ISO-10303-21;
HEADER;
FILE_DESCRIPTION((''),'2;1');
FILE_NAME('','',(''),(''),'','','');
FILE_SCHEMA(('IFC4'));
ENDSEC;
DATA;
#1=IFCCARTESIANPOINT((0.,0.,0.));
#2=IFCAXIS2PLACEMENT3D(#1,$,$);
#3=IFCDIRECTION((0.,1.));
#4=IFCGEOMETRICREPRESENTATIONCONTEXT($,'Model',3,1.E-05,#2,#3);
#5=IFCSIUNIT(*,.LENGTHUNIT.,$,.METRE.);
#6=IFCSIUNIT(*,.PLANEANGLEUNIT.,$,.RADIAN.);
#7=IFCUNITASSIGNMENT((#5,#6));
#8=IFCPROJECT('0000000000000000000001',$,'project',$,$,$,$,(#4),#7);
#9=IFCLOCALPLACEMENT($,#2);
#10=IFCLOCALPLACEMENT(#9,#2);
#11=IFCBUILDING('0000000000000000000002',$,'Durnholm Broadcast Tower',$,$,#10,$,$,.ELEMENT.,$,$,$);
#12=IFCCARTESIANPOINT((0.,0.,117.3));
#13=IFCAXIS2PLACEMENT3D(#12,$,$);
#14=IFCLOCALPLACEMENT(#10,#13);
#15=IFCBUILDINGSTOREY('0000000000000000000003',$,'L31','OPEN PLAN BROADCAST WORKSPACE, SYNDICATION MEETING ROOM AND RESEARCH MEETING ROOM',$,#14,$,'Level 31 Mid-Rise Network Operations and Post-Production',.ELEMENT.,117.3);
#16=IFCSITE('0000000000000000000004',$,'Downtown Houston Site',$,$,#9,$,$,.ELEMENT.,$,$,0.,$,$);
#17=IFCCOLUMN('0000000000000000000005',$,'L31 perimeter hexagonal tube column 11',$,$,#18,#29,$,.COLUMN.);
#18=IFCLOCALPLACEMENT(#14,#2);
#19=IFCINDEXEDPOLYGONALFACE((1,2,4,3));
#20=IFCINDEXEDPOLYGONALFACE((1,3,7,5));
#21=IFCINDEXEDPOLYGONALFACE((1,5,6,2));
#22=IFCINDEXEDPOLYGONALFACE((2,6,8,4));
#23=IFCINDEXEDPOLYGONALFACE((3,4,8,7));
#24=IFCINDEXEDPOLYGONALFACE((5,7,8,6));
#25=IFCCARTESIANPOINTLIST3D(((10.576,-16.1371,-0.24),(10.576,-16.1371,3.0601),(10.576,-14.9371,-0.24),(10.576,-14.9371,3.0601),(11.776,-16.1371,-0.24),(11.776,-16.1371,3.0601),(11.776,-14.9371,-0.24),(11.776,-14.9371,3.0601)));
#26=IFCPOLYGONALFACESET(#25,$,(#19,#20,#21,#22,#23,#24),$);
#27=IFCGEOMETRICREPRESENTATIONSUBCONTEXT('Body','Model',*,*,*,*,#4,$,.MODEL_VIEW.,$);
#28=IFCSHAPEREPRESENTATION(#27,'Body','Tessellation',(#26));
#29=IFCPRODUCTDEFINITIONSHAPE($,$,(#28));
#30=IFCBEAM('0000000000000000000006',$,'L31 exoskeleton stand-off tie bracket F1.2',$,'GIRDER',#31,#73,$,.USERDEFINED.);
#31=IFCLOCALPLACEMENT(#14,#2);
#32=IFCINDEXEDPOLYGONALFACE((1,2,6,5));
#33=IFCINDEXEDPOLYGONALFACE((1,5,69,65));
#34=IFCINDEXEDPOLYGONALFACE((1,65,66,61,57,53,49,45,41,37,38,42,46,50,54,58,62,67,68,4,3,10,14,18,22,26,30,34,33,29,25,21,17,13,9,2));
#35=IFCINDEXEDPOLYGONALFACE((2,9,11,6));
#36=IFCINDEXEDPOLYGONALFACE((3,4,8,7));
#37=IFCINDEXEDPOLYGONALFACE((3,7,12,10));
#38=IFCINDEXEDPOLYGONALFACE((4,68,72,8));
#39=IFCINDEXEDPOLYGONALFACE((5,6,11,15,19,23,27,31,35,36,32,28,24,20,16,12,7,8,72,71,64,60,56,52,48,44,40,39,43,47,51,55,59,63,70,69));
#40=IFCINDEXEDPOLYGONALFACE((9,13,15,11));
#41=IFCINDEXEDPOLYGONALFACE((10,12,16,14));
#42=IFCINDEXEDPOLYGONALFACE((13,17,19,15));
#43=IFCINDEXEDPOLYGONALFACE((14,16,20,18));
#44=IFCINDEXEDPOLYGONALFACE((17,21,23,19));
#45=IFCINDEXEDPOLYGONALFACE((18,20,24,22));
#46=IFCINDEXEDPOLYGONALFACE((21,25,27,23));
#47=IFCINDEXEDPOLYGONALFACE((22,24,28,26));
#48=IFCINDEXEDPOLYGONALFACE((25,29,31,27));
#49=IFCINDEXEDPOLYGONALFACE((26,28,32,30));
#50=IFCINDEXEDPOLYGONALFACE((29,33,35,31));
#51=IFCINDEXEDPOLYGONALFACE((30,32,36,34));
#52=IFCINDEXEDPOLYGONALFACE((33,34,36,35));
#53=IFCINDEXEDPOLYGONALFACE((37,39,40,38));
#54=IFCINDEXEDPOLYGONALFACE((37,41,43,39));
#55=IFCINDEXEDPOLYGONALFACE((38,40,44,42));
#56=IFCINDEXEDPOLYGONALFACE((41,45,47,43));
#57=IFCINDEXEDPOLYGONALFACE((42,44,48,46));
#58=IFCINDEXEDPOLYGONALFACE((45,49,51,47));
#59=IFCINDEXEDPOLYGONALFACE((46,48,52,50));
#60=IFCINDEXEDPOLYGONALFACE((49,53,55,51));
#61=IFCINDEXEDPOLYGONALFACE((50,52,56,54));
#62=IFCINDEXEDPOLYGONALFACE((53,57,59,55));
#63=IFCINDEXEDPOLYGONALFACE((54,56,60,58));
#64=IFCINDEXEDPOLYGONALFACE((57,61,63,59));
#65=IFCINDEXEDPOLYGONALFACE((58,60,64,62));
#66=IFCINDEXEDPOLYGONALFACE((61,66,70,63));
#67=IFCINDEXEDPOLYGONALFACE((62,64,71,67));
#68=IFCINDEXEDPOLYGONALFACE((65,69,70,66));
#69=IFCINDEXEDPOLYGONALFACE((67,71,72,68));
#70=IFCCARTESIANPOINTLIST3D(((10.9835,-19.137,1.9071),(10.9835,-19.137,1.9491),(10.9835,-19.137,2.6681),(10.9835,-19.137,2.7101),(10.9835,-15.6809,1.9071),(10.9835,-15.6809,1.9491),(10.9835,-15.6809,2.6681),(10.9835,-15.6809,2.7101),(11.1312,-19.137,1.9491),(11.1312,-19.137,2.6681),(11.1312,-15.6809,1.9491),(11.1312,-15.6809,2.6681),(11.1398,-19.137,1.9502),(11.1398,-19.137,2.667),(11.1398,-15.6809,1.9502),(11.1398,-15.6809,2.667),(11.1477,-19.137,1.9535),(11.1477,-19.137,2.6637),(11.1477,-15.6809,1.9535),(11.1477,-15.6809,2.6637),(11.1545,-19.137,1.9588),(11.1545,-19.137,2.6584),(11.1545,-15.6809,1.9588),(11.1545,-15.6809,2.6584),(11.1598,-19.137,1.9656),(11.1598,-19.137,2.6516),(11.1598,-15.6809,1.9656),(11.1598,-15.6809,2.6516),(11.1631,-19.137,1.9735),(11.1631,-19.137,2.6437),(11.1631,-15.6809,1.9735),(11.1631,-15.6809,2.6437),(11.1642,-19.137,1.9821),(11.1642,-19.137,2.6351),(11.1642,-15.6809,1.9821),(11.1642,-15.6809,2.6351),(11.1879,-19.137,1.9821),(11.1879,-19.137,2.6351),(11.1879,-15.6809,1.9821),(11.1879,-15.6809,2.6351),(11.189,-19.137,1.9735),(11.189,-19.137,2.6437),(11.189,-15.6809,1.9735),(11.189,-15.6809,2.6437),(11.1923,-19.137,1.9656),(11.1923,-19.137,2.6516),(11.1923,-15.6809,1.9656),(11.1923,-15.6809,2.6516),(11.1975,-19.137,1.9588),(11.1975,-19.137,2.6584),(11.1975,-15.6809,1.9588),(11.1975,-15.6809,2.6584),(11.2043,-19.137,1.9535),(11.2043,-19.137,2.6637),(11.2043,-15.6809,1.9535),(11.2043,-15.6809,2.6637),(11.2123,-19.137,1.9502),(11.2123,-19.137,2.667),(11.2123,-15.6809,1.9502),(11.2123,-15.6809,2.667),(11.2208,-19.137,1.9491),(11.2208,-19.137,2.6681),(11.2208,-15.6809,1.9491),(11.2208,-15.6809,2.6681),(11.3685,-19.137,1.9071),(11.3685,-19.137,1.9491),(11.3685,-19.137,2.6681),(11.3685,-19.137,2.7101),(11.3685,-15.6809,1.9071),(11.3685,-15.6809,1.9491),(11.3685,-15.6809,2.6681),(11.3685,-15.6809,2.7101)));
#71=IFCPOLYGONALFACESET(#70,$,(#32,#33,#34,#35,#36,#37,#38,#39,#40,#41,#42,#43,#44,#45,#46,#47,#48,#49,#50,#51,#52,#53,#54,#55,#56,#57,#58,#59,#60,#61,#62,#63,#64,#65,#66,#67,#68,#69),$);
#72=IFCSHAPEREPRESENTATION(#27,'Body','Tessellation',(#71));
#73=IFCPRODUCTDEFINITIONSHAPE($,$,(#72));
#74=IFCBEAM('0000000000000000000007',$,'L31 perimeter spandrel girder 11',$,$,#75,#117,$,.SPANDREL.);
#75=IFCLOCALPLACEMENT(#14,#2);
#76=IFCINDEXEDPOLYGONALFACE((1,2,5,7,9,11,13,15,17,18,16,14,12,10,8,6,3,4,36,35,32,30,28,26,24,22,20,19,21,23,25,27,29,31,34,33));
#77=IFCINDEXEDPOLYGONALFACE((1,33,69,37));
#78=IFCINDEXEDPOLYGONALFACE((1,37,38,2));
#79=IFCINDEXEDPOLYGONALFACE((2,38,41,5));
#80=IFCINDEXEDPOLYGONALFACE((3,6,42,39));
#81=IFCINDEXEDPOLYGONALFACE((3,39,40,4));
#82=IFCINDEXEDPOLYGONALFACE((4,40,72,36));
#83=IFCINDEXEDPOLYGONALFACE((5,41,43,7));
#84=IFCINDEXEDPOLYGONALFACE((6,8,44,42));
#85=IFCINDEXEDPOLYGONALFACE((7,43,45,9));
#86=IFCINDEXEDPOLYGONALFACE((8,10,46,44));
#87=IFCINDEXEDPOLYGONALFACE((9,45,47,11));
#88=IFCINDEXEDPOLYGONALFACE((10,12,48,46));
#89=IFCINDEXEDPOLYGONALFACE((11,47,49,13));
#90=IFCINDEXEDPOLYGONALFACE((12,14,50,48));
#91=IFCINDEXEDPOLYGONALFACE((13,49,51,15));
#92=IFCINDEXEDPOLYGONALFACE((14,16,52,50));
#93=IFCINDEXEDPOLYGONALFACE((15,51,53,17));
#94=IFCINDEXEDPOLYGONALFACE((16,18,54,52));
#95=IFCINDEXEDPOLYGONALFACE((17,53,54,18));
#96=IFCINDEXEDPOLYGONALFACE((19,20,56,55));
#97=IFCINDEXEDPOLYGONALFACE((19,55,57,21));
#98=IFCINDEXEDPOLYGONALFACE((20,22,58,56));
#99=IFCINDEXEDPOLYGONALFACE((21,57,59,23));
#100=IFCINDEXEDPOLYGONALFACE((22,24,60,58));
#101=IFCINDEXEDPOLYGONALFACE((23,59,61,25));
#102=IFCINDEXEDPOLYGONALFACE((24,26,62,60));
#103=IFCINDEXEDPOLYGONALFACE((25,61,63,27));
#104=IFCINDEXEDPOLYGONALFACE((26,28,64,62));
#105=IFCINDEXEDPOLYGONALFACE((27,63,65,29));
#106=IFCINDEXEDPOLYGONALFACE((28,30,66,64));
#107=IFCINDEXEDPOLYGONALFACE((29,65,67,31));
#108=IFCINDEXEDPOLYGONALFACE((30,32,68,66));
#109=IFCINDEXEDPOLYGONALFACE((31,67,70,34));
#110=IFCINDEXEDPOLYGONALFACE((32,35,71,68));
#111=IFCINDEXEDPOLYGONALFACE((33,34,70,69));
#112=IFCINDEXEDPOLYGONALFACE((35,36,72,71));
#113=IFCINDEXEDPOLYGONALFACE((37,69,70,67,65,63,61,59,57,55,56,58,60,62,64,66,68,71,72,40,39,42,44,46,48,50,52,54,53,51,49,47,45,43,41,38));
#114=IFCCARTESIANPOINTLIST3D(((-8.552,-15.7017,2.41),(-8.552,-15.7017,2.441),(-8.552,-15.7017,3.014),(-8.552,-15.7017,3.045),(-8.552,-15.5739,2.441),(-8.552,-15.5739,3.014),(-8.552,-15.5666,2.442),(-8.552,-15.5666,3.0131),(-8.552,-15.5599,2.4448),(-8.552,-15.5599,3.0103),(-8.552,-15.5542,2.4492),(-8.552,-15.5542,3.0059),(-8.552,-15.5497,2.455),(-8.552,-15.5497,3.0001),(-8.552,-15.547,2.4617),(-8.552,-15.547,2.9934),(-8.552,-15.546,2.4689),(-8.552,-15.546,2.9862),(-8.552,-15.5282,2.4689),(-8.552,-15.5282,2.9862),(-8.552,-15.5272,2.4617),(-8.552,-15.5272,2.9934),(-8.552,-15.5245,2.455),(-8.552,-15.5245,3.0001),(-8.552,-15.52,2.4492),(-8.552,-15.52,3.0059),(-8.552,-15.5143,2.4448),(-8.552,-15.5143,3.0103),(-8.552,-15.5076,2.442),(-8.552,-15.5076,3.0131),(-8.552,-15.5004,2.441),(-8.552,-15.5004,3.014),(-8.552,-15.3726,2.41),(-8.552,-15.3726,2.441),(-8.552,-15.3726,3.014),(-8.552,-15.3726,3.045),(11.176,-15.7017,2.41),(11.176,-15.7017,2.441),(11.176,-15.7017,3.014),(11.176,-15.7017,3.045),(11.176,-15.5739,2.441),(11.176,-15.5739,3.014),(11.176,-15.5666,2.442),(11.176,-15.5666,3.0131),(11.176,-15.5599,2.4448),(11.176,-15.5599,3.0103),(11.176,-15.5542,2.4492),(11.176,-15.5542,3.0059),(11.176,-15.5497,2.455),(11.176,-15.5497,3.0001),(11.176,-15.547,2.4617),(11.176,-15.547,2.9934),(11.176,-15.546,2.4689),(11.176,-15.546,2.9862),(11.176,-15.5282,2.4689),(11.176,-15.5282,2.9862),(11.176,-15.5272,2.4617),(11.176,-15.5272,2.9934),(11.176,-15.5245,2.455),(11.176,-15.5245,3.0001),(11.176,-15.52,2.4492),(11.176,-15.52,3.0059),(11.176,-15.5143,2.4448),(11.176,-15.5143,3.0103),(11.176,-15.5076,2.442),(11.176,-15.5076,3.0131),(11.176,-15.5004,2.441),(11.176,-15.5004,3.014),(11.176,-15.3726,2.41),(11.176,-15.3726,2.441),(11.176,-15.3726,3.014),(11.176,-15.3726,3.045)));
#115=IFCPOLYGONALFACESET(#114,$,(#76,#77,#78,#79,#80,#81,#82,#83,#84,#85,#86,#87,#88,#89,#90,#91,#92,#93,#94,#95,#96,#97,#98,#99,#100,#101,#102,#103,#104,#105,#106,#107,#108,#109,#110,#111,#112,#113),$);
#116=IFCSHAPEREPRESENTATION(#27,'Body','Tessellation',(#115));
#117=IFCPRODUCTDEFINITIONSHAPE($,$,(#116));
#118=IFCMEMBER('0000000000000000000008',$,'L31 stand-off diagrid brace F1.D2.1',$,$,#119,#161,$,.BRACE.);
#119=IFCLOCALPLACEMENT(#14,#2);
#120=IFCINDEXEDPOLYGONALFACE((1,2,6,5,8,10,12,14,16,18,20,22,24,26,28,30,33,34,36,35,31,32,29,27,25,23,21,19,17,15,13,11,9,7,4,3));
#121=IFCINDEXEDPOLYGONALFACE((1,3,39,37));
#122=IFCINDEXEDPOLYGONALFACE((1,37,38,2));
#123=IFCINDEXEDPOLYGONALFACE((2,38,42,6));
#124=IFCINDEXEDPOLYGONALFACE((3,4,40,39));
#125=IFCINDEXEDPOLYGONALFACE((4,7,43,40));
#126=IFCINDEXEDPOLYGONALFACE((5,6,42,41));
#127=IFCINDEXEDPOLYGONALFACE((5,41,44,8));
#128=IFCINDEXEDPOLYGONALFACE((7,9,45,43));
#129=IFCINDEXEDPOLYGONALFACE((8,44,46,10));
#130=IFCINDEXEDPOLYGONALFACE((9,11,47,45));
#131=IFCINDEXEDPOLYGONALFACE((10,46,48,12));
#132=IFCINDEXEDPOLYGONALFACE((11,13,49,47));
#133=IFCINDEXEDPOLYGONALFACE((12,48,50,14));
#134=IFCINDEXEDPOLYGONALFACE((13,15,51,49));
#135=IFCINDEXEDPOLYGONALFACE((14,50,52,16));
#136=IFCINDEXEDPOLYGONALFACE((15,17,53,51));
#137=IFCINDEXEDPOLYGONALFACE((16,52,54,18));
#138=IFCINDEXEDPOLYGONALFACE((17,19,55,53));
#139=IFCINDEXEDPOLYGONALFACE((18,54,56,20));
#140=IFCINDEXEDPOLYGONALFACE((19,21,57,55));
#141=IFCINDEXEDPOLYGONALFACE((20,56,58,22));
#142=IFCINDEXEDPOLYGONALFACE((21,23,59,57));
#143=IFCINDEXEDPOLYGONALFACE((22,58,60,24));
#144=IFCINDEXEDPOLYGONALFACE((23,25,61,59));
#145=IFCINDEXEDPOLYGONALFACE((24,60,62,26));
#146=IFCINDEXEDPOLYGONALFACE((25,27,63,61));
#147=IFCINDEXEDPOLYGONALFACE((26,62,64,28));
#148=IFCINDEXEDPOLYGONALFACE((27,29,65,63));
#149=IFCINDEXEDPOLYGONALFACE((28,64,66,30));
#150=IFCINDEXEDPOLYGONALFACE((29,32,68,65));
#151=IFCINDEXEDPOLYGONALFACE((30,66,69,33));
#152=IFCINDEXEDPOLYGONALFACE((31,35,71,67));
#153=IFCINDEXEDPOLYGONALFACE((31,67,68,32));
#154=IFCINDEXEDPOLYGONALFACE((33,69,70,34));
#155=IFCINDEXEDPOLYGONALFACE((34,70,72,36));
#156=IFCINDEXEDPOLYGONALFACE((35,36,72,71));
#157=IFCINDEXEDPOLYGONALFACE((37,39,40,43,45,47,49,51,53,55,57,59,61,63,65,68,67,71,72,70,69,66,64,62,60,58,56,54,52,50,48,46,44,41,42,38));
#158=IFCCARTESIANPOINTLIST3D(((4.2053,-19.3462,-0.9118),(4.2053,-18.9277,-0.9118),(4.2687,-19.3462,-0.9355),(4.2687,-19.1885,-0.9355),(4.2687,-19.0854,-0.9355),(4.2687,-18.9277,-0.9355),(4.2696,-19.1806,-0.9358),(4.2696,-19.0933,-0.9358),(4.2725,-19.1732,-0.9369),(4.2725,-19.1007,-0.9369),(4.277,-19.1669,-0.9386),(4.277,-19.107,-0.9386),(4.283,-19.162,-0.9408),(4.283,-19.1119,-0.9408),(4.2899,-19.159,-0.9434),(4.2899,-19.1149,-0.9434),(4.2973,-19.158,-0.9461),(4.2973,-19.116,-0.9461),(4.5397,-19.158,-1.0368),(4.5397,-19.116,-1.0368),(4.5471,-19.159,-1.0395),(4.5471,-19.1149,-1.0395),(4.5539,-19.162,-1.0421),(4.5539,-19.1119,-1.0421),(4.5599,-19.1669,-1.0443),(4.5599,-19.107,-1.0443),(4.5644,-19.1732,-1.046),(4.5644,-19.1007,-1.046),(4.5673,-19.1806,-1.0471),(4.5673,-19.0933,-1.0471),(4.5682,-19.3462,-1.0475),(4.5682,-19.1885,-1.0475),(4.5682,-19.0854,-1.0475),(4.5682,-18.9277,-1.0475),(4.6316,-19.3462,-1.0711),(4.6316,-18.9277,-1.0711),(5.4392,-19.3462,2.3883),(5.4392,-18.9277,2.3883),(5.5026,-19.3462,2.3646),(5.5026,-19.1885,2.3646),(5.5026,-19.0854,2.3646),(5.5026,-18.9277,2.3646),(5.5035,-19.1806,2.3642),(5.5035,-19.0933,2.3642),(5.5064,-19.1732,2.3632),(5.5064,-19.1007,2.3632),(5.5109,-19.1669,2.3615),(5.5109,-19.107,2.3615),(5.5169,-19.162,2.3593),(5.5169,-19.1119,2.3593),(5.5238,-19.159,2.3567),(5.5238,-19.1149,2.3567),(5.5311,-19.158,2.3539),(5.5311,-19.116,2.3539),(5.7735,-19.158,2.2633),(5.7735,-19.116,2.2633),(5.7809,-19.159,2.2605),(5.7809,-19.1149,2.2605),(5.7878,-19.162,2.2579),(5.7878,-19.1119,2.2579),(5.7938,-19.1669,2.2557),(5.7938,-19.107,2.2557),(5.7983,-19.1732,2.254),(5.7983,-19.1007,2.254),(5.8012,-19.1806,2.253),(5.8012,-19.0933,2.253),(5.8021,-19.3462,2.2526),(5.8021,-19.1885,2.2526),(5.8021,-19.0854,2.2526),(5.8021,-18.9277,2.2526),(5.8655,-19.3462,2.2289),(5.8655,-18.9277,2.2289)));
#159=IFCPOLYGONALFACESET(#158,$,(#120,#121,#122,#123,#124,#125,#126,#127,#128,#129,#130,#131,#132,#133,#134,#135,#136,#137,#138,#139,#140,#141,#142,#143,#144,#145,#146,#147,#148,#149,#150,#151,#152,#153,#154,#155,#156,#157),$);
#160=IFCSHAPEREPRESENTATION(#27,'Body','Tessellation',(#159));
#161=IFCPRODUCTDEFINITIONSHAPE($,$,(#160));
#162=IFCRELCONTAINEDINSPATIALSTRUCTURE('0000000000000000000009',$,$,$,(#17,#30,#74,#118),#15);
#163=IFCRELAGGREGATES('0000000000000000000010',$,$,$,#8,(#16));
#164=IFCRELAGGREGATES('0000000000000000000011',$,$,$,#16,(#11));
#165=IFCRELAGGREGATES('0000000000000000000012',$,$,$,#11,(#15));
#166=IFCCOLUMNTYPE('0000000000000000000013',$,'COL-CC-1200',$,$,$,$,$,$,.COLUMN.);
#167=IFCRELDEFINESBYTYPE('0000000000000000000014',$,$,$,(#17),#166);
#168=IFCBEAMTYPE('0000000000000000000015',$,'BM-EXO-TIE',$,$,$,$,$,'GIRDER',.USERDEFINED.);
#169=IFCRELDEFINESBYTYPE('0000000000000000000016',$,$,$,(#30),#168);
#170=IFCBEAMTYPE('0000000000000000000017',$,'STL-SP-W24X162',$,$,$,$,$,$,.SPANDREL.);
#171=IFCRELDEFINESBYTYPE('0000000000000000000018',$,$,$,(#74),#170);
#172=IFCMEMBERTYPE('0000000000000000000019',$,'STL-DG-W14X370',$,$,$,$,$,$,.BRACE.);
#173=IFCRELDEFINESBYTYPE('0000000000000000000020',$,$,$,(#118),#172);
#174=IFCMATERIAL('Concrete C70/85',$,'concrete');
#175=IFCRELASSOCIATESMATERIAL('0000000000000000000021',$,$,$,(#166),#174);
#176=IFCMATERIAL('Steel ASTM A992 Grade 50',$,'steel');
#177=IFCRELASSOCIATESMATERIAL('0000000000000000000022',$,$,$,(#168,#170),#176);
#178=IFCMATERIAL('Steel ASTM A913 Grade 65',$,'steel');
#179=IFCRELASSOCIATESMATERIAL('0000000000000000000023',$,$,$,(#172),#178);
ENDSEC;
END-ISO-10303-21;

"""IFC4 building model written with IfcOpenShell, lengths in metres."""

from ifc_helpers import new_model, si_unit, direction, frame, origin, origin_2d, place, context, subcontext, project, spatial, rectangle, i_section, extrude, source, transform, mapped, material, material_profile, profile_set, type_object, type_shapes, element, save


model = new_model("IFC4")

# Units and contexts
model_context = context("Model", 3, precision=1e-05, world=origin(), true_north=direction((0.0, 1.0)))
body_context = subcontext(model_context, "Body", "Model", "MODEL_VIEW")
ifc_project = project(units=[si_unit("LENGTHUNIT", "METRE"), si_unit("PLANEANGLEUNIT", "RADIAN")], contexts=[model_context])

# Site, building, storey
site_placement = place(None, origin())
site = spatial("IfcSite", under=ifc_project, at=site_placement, Name="Downtown Houston Site", CompositionType="ELEMENT", RefElevation=0.0)
building_placement = place(site_placement, origin())
building = spatial("IfcBuilding", under=site, at=building_placement, Name="Durnholm Broadcast Tower", CompositionType="ELEMENT")
storey_placement = place(building_placement, frame((0.0, 0.0, 117.3)))
storey = spatial("IfcBuildingStorey", under=building, at=storey_placement, Name="L31", Description="OPEN PLAN BROADCAST WORKSPACE, SYNDICATION MEETING ROOM AND RESEARCH MEETING ROOM", LongName="Level 31 Mid-Rise Network Operations and Post-Production", CompositionType="ELEMENT", Elevation=117.3)

# Column
ifc_material_1 = material(Name="Concrete C70/85", Category="concrete")
ifc_material_profile_1 = material_profile(ifc_material_1, rectangle(XDim=1.2, YDim=1.2, at=origin_2d()), Name="RC1200X1200")
ifc_profile_set_1 = profile_set([ifc_material_profile_1], Name="Concrete C70/85")
column_type = type_object("IfcColumnType", Name="COL-CC-1200", PredefinedType="COLUMN", material=ifc_profile_set_1)
shared_shape_1 = source(origin(), body_context, "Body", "SweptSolid", [
    extrude(rectangle(XDim=1.2, YDim=1.2, at=origin_2d()), origin(), (0.0, 0.0, 1.0), 3.3),
])
type_shapes(column_type, [shared_shape_1])
column_placement = place(storey_placement, frame((11.176, -15.5371, -0.24), z_axis=(0.0, 0.0, 1.0), x_axis=(1.0, 0.0, 0.0)))
element("IfcColumn", 1, at=column_placement, inside=storey, type_object=column_type, Name="L31 perimeter hexagonal tube column 11", PredefinedType="COLUMN", context=body_context, shape_type="MappedRepresentation", body=[
    mapped(shared_shape_1, transform((0.0, 0.0, 0.0), x_axis=(1.0, 0.0, 0.0), y_axis=(0.0, 1.0, 0.0), z_axis=(0.0, 0.0, 1.0), scale=1.0)),
])

# Beams
ifc_material_2 = material(Name="Steel ASTM A992 Grade 50", Category="steel")
ifc_material_profile_2 = material_profile(ifc_material_2, i_section(OverallWidth=0.385, OverallDepth=0.803, WebThickness=0.0237, FlangeThickness=0.042, FilletRadius=0.033, at=origin_2d()), Name="W30X261")
ifc_profile_set_2 = profile_set([ifc_material_profile_2], Name="Steel ASTM A992 Grade 50")
beam_type_1 = type_object("IfcBeamType", Name="BM-EXO-TIE", ElementType="GIRDER", PredefinedType="USERDEFINED", material=ifc_profile_set_2)
shared_shape_2 = source(origin(), body_context, "Body", "SweptSolid", [
    extrude(i_section(OverallWidth=0.385, OverallDepth=0.803, WebThickness=0.0237, FlangeThickness=0.042, FilletRadius=0.033, at=origin_2d()), origin(), (0.0, 0.0, 1.0), 3.4561),
])
type_shapes(beam_type_1, [shared_shape_2])
beam_1_placement = place(storey_placement, frame((11.176, -15.6809, 2.3086), z_axis=(0.0, -1.0, 0.0), x_axis=(1.0, 0.0, 0.0)))
element("IfcBeam", 2, at=beam_1_placement, inside=storey, type_object=beam_type_1, Name="L31 exoskeleton stand-off tie bracket F1.2", ObjectType="GIRDER", PredefinedType="USERDEFINED", context=body_context, shape_type="MappedRepresentation", body=[
    mapped(shared_shape_2, transform((0.0, 0.0, 0.0), x_axis=(1.0, 0.0, 0.0), y_axis=(0.0, 1.0, 0.0), z_axis=(0.0, 0.0, 1.0), scale=1.0)),
])
ifc_material_profile_3 = material_profile(ifc_material_2, i_section(OverallWidth=0.3291, OverallDepth=0.635, WebThickness=0.0178, FlangeThickness=0.031, FilletRadius=0.0278, at=origin_2d()), Name="W24X162")
ifc_profile_set_3 = profile_set([ifc_material_profile_3], Name="Steel ASTM A992 Grade 50")
beam_type_2 = type_object("IfcBeamType", Name="STL-SP-W24X162", PredefinedType="SPANDREL", material=ifc_profile_set_3)
shared_shape_3 = source(origin(), body_context, "Body", "SweptSolid", [
    extrude(i_section(OverallWidth=0.3291, OverallDepth=0.635, WebThickness=0.0178, FlangeThickness=0.031, FilletRadius=0.0278, at=origin_2d()), origin(), (0.0, 0.0, 1.0), 19.728),
])
type_shapes(beam_type_2, [shared_shape_3])
beam_2_placement = place(storey_placement, frame((11.176, -15.5371, 2.7275), z_axis=(-1.0, 0.0, 0.0), x_axis=(0.0, -1.0, 0.0)))
element("IfcBeam", 3, at=beam_2_placement, inside=storey, type_object=beam_type_2, Name="L31 perimeter spandrel girder 11", PredefinedType="SPANDREL", context=body_context, shape_type="MappedRepresentation", body=[
    mapped(shared_shape_3, transform((0.0, 0.0, 0.0), x_axis=(1.0, 0.0, 0.0), y_axis=(0.0, 1.0, 0.0), z_axis=(0.0, 0.0, 1.0), scale=1.0)),
])

# Member
ifc_material_3 = material(Name="Steel ASTM A913 Grade 65", Category="steel")
ifc_material_profile_4 = material_profile(ifc_material_3, i_section(OverallWidth=0.4185, OverallDepth=0.4551, WebThickness=0.042, FlangeThickness=0.0676, FilletRadius=0.0305, at=origin_2d()), Name="W14X370")
ifc_profile_set_4 = profile_set([ifc_material_profile_4], Name="Steel ASTM A913 Grade 65")
member_type_1 = type_object("IfcMemberType", Name="STL-DG-W14X370", PredefinedType="BRACE", material=ifc_profile_set_4)
shared_shape_4 = source(origin(), body_context, "Body", "SweptSolid", [
    extrude(i_section(OverallWidth=0.4185, OverallDepth=0.4551, WebThickness=0.042, FlangeThickness=0.0676, FilletRadius=0.0305, at=origin_2d()), origin(), (0.0, 0.0, 1.0), 3.5232),
])
type_shapes(member_type_1, [shared_shape_4])
for number, where, z_axis, x_axis, name in (
    (4, (4.4185, -19.137, -0.9915), (0.35022, 0.0, 0.936668), (0.0, 1.0, 0.0), "L31 stand-off diagrid brace F1.D2.1"),
):
    element("IfcMember", number, at=place(storey_placement, frame(where, z_axis=z_axis, x_axis=x_axis)), inside=storey, type_object=member_type_1, Name=name, PredefinedType="BRACE", context=body_context, shape_type="MappedRepresentation", body=[
        mapped(shared_shape_4, transform((0.0, 0.0, 0.0), x_axis=(1.0, 0.0, 0.0), y_axis=(0.0, 1.0, 0.0), z_axis=(0.0, 0.0, 1.0), scale=1.0)),
    ])

save(model, "model.ifc")
